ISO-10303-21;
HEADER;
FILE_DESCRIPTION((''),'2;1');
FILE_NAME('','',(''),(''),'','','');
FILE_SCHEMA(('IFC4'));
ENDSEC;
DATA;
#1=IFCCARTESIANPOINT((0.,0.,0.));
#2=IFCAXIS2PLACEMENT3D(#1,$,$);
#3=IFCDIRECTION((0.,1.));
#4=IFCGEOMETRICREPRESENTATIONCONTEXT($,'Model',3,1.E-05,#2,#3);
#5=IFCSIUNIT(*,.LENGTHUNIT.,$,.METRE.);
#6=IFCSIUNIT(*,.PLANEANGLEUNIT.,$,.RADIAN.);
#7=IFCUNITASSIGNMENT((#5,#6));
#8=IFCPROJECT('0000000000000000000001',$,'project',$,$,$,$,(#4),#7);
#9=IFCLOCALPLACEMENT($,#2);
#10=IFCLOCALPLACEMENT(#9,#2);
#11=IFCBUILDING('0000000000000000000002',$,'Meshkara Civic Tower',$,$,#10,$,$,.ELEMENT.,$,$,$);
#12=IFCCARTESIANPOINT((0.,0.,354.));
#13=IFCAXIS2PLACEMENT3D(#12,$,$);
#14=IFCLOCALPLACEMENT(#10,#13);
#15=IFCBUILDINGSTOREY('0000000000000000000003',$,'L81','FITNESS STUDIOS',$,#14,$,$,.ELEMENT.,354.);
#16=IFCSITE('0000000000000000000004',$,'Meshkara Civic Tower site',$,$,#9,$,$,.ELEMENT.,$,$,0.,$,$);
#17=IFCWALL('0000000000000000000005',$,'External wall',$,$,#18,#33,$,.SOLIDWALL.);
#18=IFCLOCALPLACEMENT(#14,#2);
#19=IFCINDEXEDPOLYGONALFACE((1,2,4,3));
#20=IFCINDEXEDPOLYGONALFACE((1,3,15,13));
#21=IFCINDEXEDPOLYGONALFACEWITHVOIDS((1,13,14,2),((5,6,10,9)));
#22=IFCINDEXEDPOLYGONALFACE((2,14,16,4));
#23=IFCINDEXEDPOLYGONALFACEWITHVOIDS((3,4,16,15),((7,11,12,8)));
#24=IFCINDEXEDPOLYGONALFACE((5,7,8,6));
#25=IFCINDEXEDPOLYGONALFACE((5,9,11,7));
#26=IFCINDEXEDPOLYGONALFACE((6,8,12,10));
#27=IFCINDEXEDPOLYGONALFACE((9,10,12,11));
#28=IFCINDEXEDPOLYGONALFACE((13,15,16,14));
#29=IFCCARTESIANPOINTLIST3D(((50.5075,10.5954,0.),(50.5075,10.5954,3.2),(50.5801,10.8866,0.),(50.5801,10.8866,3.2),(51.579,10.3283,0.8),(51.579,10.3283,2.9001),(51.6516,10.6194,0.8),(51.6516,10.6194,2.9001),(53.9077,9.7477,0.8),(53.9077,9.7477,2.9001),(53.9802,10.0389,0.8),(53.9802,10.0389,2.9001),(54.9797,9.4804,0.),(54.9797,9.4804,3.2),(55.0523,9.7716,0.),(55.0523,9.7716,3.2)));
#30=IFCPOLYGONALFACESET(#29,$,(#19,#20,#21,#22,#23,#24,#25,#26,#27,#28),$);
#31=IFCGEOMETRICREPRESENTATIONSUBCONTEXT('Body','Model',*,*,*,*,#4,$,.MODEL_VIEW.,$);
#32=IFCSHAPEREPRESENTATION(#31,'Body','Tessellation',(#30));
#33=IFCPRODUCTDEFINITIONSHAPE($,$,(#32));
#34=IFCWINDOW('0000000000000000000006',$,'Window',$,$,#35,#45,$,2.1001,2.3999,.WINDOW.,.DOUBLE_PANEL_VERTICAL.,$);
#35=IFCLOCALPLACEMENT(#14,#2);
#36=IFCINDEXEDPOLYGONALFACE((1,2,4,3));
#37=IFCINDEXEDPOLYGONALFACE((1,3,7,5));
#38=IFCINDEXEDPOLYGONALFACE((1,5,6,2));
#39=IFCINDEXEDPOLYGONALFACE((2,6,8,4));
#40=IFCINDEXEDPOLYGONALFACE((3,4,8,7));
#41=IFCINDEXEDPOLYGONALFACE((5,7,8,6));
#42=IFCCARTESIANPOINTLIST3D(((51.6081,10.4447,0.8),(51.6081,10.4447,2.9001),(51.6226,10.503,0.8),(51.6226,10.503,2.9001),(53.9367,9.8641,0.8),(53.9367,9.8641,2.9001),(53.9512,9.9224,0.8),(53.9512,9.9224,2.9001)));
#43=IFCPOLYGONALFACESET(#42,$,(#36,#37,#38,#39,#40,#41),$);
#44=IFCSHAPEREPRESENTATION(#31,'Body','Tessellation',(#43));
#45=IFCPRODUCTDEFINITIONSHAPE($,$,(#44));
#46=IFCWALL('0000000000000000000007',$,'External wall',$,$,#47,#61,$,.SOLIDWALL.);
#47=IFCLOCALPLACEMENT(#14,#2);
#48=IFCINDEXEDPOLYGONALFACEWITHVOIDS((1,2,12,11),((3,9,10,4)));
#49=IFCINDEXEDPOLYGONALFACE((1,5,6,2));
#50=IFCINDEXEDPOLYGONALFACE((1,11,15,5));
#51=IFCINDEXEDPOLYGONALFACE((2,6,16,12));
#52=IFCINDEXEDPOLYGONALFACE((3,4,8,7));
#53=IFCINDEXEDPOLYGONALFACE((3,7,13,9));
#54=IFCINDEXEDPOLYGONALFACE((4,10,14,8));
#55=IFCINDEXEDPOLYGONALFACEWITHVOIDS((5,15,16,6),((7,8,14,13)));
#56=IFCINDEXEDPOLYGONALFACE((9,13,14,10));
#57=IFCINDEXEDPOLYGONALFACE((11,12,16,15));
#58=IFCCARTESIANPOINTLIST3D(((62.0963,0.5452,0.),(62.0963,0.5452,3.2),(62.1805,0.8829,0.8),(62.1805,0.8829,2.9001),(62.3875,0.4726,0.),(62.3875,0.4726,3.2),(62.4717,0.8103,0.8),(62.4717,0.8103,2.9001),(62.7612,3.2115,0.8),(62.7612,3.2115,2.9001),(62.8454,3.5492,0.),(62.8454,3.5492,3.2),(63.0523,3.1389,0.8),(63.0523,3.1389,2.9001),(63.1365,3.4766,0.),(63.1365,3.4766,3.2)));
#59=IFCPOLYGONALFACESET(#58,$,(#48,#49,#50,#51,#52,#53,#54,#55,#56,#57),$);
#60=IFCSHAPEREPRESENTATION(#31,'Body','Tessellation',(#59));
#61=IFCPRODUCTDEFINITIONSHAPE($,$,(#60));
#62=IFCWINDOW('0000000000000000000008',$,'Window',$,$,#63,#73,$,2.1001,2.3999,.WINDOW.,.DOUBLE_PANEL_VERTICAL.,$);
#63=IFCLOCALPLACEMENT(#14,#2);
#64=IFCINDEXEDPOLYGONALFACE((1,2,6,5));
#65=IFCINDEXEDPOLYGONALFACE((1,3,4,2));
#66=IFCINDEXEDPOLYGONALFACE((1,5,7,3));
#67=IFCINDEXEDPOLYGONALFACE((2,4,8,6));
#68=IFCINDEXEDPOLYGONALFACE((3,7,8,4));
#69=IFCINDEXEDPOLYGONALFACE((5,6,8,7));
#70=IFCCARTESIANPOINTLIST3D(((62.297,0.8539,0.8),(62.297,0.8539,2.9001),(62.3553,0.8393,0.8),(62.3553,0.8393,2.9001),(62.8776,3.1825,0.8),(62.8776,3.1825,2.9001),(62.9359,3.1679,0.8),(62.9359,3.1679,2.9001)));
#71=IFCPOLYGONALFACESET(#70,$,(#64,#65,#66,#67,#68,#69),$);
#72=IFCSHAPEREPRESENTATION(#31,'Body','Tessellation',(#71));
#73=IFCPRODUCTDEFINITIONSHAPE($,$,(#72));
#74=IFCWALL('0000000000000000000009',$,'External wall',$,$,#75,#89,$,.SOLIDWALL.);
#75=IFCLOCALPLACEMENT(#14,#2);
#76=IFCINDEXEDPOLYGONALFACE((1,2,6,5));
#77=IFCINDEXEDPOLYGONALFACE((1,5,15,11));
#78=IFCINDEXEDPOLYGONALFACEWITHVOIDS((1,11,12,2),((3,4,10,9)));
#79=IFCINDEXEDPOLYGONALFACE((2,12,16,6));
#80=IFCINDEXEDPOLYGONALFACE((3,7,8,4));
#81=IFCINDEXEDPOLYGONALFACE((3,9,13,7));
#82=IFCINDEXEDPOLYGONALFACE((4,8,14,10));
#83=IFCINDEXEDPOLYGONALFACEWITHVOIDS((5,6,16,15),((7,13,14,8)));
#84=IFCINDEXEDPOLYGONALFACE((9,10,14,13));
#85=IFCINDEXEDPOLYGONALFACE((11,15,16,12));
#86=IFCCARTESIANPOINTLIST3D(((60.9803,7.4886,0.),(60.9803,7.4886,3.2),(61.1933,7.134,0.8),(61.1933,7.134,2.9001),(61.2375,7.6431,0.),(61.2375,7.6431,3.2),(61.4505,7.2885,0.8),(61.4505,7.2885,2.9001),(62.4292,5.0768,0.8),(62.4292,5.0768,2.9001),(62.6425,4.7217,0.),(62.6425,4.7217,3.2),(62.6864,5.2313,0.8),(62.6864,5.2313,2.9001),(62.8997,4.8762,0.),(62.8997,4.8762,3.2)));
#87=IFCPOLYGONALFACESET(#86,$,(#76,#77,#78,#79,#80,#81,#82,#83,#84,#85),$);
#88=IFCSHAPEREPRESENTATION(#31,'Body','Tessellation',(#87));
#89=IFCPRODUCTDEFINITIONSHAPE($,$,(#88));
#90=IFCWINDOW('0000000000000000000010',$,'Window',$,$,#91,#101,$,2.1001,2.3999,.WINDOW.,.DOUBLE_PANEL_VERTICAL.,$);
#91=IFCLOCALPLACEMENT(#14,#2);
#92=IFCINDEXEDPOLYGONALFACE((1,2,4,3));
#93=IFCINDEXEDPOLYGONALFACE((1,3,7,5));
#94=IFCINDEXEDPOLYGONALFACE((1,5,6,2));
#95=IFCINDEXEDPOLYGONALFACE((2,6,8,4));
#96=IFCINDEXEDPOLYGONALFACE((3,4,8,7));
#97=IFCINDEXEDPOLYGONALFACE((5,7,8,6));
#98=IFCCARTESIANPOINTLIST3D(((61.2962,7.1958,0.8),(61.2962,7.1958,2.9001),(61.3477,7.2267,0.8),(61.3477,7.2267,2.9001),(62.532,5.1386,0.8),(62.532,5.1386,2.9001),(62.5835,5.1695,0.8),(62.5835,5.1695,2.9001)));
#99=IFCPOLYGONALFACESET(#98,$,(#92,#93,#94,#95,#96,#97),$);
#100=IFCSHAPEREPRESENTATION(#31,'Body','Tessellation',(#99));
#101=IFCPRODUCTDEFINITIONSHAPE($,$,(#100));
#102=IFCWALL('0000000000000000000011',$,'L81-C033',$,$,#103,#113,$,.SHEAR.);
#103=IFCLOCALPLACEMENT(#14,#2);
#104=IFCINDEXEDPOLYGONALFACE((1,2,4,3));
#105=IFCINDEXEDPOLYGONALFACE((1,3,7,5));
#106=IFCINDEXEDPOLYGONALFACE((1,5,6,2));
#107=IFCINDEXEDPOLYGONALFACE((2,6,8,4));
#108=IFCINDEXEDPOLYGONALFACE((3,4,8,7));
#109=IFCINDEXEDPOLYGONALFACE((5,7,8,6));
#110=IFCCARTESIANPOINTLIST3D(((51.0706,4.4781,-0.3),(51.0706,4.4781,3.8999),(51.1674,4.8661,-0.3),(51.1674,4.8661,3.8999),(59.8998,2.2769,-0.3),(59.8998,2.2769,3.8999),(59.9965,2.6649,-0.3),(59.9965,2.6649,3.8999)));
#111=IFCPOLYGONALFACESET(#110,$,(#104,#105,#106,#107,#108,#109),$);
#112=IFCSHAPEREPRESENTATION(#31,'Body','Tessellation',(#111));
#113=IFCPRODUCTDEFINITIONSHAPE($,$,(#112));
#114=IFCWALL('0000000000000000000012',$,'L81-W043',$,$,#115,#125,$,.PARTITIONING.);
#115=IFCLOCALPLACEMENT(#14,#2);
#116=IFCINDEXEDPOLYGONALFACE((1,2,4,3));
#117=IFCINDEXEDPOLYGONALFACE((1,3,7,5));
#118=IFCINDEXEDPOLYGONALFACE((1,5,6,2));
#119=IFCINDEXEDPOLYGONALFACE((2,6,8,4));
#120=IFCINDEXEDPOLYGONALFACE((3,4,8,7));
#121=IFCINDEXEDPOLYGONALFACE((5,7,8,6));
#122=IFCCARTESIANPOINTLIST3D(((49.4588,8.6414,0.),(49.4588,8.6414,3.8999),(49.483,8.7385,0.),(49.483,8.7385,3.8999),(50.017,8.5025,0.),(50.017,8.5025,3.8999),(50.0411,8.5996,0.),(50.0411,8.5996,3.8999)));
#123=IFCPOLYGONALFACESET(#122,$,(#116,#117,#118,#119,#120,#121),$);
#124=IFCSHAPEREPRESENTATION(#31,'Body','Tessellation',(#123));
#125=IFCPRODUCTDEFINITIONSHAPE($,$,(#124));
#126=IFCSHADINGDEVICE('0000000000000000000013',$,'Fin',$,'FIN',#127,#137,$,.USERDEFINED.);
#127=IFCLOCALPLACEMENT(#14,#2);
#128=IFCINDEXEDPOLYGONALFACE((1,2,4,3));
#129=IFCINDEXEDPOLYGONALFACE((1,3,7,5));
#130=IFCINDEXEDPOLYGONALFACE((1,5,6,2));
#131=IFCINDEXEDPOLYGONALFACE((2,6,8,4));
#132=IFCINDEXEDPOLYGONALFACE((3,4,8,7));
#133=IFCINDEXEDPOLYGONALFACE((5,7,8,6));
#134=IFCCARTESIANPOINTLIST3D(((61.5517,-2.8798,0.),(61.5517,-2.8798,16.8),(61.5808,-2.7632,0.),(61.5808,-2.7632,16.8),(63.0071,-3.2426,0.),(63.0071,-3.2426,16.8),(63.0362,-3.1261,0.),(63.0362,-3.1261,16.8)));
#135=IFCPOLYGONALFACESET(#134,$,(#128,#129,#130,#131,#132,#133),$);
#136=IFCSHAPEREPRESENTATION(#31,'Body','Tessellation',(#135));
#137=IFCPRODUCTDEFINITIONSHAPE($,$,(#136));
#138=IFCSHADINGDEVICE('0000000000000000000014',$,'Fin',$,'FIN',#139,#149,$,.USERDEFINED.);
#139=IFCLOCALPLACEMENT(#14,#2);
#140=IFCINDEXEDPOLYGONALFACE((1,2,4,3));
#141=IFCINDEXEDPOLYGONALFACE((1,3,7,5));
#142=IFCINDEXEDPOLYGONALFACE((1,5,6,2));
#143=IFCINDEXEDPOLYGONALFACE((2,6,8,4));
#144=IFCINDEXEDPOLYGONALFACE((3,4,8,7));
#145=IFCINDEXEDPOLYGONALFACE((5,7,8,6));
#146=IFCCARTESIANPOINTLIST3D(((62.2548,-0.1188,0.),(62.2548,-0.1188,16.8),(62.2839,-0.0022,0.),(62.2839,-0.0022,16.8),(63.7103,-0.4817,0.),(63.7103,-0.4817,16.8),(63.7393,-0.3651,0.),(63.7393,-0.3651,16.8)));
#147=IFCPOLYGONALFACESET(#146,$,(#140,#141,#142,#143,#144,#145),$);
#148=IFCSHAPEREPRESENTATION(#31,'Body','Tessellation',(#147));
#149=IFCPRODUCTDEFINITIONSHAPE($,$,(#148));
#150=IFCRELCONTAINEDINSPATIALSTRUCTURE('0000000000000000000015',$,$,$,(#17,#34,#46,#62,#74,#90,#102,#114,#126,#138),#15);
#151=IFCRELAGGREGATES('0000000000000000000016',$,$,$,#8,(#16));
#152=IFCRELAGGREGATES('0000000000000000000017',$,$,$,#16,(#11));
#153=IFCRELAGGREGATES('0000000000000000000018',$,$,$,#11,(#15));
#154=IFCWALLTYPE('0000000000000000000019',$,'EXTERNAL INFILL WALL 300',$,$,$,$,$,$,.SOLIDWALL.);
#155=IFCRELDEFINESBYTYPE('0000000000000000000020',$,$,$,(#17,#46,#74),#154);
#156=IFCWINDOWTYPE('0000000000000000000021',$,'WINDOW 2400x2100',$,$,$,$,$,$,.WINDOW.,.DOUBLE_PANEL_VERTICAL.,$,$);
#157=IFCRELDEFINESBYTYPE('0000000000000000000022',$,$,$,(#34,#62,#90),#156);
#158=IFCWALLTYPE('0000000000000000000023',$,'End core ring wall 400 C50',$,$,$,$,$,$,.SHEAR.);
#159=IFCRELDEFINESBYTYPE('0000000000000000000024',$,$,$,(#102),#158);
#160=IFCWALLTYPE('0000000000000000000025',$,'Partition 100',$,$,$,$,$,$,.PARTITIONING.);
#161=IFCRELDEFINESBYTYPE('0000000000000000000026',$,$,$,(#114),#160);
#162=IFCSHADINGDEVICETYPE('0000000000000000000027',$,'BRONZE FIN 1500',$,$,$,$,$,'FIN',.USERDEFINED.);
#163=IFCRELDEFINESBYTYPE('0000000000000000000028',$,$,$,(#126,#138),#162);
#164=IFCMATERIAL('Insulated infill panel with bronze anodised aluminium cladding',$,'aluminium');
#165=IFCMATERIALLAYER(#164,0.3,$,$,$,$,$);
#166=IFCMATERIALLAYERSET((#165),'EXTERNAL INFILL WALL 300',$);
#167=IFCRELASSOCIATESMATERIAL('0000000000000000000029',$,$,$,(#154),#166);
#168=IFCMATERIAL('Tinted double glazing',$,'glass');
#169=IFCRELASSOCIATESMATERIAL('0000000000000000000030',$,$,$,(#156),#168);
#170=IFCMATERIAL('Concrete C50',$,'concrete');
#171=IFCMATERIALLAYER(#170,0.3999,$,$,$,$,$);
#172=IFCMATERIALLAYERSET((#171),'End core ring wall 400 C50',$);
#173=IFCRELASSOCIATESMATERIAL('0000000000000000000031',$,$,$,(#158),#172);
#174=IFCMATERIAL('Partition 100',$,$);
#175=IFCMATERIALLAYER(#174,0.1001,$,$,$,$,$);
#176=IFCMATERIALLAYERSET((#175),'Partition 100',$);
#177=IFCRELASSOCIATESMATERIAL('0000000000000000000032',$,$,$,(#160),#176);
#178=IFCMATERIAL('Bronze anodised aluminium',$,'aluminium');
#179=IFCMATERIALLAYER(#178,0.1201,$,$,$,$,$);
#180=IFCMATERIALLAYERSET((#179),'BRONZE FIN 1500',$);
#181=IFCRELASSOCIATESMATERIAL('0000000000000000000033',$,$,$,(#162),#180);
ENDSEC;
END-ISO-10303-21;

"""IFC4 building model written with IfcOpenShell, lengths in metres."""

from ifc_helpers import new_model, si_unit, direction, frame, frame_2d, origin, origin_2d, place, context, subcontext, project, spatial, rectangle, extrude, material, layer, layer_set, type_object, element, fill, save


model = new_model("IFC4")

# Units and contexts
model_context = context("Model", 3, precision=1e-05, world=origin(), true_north=direction((0.0, 1.0)))
body_context = subcontext(model_context, "Body", "Model", "MODEL_VIEW")
ifc_project = project(units=[si_unit("LENGTHUNIT", "METRE"), si_unit("PLANEANGLEUNIT", "RADIAN")], contexts=[model_context])

# Site, building, storey
site_placement = place(None, origin())
site = spatial("IfcSite", under=ifc_project, at=site_placement, Name="Meshkara Civic Tower site", CompositionType="ELEMENT", RefElevation=0.0)
building_placement = place(site_placement, origin())
building = spatial("IfcBuilding", under=site, at=building_placement, Name="Meshkara Civic Tower", CompositionType="ELEMENT")
storey_placement = place(building_placement, frame((0.0, 0.0, 354.0)))
storey = spatial("IfcBuildingStorey", under=building, at=storey_placement, Name="L81", Description="FITNESS STUDIOS", CompositionType="ELEMENT", Elevation=354.0)

# Walls, openings, windows
ifc_material_1 = material(Name="Insulated infill panel with bronze anodised aluminium cladding", Category="aluminium")
ifc_layer_1 = layer(ifc_material_1, 0.3)
ifc_layer_set_1 = layer_set([ifc_layer_1], Name="EXTERNAL INFILL WALL 300")
wall_type_1 = type_object("IfcWallType", Name="EXTERNAL INFILL WALL 300", PredefinedType="SOLIDWALL", material=ifc_layer_set_1)
ifc_material_2 = material(Name="Tinted double glazing", Category="glass")
window_type = type_object("IfcWindowType", Name="WINDOW 2400x2100", PartitioningType="DOUBLE_PANEL_VERTICAL", PredefinedType="WINDOW", material=ifc_material_2)
wall_1_placement = place(storey_placement, frame((55.0161, 9.626, 0.0), z_axis=(0.0, 0.0, 1.0), x_axis=(-0.970298, 0.241912, 0.0)))
wall_1 = element("IfcWall", 1, at=wall_1_placement, inside=storey, type_object=wall_type_1, Name="External wall", PredefinedType="SOLIDWALL", context=body_context, shape_type="SweptSolid", body=[
    extrude(rectangle(XDim=4.6091, YDim=0.3, at=frame_2d((2.3047, 0.0))), origin(), (0.0, 0.0, 1.0), 3.2),
])
opening_1_placement = place(wall_1_placement, frame((1.105, 0.0, 0.8)))
opening_1 = element("IfcOpeningElement", 2, at=opening_1_placement, cuts=wall_1, PredefinedType="OPENING", context=body_context, shape_type="SweptSolid", body=[
    extrude(rectangle(XDim=2.3999, YDim=2.1001, at=frame_2d((1.2, 1.05))), frame((0.0, 0.1599, 0.0), z_axis=(0.0, -1.0, 0.0), x_axis=(1.0, 0.0, 0.0)), (0.0, 0.0, 1.0), 0.3201),
])
window_1_placement = place(opening_1_placement, origin())
window_1 = element("IfcWindow", 3, at=window_1_placement, inside=storey, type_object=window_type, Name="Window", OverallHeight=2.1001, OverallWidth=2.3999, PartitioningType="DOUBLE_PANEL_VERTICAL", PredefinedType="WINDOW", context=body_context, shape_type="SweptSolid", body=[
    extrude(rectangle(XDim=2.3999, YDim=2.1001, at=frame_2d((1.2, 1.05))), frame((0.0, 0.03, 0.0), z_axis=(0.0, -1.0, 0.0), x_axis=(1.0, 0.0, 0.0)), (0.0, 0.0, 1.0), 0.0601),
])
fill(opening_1, window_1)
wall_2_placement = place(storey_placement, frame((62.2419, 0.509, 0.0), z_axis=(0.0, 0.0, 1.0), x_axis=(0.241942, 0.970291, 0.0)))
wall_2 = element("IfcWall", 4, at=wall_2_placement, inside=storey, type_object=wall_type_1, Name="External wall", PredefinedType="SOLIDWALL", context=body_context, shape_type="SweptSolid", body=[
    extrude(rectangle(XDim=3.0959, YDim=0.3, at=frame_2d((1.5479, 0.0))), origin(), (0.0, 0.0, 1.0), 3.2),
])
opening_2_placement = place(wall_2_placement, frame((0.3479, 0.0, 0.8)))
opening_2 = element("IfcOpeningElement", 5, at=opening_2_placement, cuts=wall_2, PredefinedType="OPENING", context=body_context, shape_type="SweptSolid", body=[
    extrude(rectangle(XDim=2.3999, YDim=2.1001, at=frame_2d((1.2, 1.05))), frame((0.0, 0.1599, 0.0), z_axis=(0.0, -1.0, 0.0), x_axis=(1.0, 0.0, 0.0)), (0.0, 0.0, 1.0), 0.3201),
])
window_2_placement = place(opening_2_placement, origin())
window_2 = element("IfcWindow", 6, at=window_2_placement, inside=storey, type_object=window_type, Name="Window", OverallHeight=2.1001, OverallWidth=2.3999, PartitioningType="DOUBLE_PANEL_VERTICAL", PredefinedType="WINDOW", context=body_context, shape_type="SweptSolid", body=[
    extrude(rectangle(XDim=2.3999, YDim=2.1001, at=frame_2d((1.2, 1.05))), frame((0.0, 0.03, 0.0), z_axis=(0.0, -1.0, 0.0), x_axis=(1.0, 0.0, 0.0)), (0.0, 0.0, 1.0), 0.0601),
])
fill(opening_2, window_2)
wall_3_placement = place(storey_placement, frame((62.771, 4.7991, 0.0), z_axis=(0.0, 0.0, 1.0), x_axis=(-0.514952, 0.857219, 0.0)))
wall_3 = element("IfcWall", 7, at=wall_3_placement, inside=storey, type_object=wall_type_1, Name="External wall", PredefinedType="SOLIDWALL", context=body_context, shape_type="SweptSolid", body=[
    extrude(rectangle(XDim=3.2278, YDim=0.3, at=frame_2d((1.6138, 0.0))), origin(), (0.0, 0.0, 1.0), 3.2),
])
opening_3_placement = place(wall_3_placement, frame((0.4141, 0.0, 0.8)))
opening_3 = element("IfcOpeningElement", 8, at=opening_3_placement, cuts=wall_3, PredefinedType="OPENING", context=body_context, shape_type="SweptSolid", body=[
    extrude(rectangle(XDim=2.3999, YDim=2.1001, at=frame_2d((1.2, 1.05))), frame((0.0, 0.1599, 0.0), z_axis=(0.0, -1.0, 0.0), x_axis=(1.0, 0.0, 0.0)), (0.0, 0.0, 1.0), 0.3201),
])
window_3_placement = place(opening_3_placement, origin())
window_3 = element("IfcWindow", 9, at=window_3_placement, inside=storey, type_object=window_type, Name="Window", OverallHeight=2.1001, OverallWidth=2.3999, PartitioningType="DOUBLE_PANEL_VERTICAL", PredefinedType="WINDOW", context=body_context, shape_type="SweptSolid", body=[
    extrude(rectangle(XDim=2.3999, YDim=2.1001, at=frame_2d((1.2, 1.05))), frame((0.0, 0.03, 0.0), z_axis=(0.0, -1.0, 0.0), x_axis=(1.0, 0.0, 0.0)), (0.0, 0.0, 1.0), 0.0601),
])
fill(opening_3, window_3)

# Walls
ifc_material_3 = material(Name="Concrete C50", Category="concrete")
ifc_layer_2 = layer(ifc_material_3, 0.3999)
ifc_layer_set_2 = layer_set([ifc_layer_2], Name="End core ring wall 400 C50")
wall_type_2 = type_object("IfcWallType", Name="End core ring wall 400 C50", PredefinedType="SHEAR", material=ifc_layer_set_2)
wall_4_placement = place(storey_placement, frame((51.1189, 4.6721, -0.3), z_axis=(0.0, 0.0, 1.0), x_axis=(0.9703, -0.241904, 0.0)))
element("IfcWall", 10, at=wall_4_placement, inside=storey, type_object=wall_type_2, Name="L81-C033", PredefinedType="SHEAR", context=body_context, shape_type="SweptSolid", body=[
    extrude(rectangle(XDim=9.0994, YDim=0.3999, at=frame_2d((4.5498, 0.0))), origin(), (0.0, 0.0, 1.0), 4.2),
])
ifc_material_4 = material(Name="Partition 100")
ifc_layer_3 = layer(ifc_material_4, 0.1001)
ifc_layer_set_3 = layer_set([ifc_layer_3], Name="Partition 100")
wall_type_3 = type_object("IfcWallType", Name="Partition 100", PredefinedType="PARTITIONING", material=ifc_layer_set_3)
wall_5_placement = place(storey_placement, frame((50.0291, 8.551, 0.0), z_axis=(0.0, 0.0, 1.0), x_axis=(-0.970392, 0.241537, 0.0)))
element("IfcWall", 11, at=wall_5_placement, inside=storey, type_object=wall_type_3, Name="L81-W043", PredefinedType="PARTITIONING", context=body_context, shape_type="SweptSolid", body=[
    extrude(rectangle(XDim=0.5752, YDim=0.1001, at=frame_2d((0.2876, 0.0))), origin(), (0.0, 0.0, 1.0), 3.8999),
])

# Shading devices
ifc_material_5 = material(Name="Bronze anodised aluminium", Category="aluminium")
ifc_layer_4 = layer(ifc_material_5, 0.1201)
ifc_layer_set_4 = layer_set([ifc_layer_4], Name="BRONZE FIN 1500")
shading_device_type = type_object("IfcShadingDeviceType", Name="BRONZE FIN 1500", ElementType="FIN", PredefinedType="USERDEFINED", material=ifc_layer_set_4)
for number, where, z_axis, x_axis, name in (
    (12, (62.2939, -3.0029, 0.0), (0.0, 0.0, 1.0), (0.241922, 0.970296, 0.0), "Fin"),
    (13, (62.9971, -0.2419, 0.0), (0.0, 0.0, 1.0), (0.241922, 0.970296, 0.0), "Fin"),
):
    element("IfcShadingDevice", number, at=place(storey_placement, frame(where, z_axis=z_axis, x_axis=x_axis)), inside=storey, type_object=shading_device_type, Name=name, ObjectType="FIN", PredefinedType="USERDEFINED", context=body_context, shape_type="SweptSolid", body=[
        extrude(rectangle(XDim=0.1201, YDim=1.5, at=origin_2d()), origin(), (0.0, 0.0, 1.0), 16.8),
    ])

save(model, "model.ifc")
